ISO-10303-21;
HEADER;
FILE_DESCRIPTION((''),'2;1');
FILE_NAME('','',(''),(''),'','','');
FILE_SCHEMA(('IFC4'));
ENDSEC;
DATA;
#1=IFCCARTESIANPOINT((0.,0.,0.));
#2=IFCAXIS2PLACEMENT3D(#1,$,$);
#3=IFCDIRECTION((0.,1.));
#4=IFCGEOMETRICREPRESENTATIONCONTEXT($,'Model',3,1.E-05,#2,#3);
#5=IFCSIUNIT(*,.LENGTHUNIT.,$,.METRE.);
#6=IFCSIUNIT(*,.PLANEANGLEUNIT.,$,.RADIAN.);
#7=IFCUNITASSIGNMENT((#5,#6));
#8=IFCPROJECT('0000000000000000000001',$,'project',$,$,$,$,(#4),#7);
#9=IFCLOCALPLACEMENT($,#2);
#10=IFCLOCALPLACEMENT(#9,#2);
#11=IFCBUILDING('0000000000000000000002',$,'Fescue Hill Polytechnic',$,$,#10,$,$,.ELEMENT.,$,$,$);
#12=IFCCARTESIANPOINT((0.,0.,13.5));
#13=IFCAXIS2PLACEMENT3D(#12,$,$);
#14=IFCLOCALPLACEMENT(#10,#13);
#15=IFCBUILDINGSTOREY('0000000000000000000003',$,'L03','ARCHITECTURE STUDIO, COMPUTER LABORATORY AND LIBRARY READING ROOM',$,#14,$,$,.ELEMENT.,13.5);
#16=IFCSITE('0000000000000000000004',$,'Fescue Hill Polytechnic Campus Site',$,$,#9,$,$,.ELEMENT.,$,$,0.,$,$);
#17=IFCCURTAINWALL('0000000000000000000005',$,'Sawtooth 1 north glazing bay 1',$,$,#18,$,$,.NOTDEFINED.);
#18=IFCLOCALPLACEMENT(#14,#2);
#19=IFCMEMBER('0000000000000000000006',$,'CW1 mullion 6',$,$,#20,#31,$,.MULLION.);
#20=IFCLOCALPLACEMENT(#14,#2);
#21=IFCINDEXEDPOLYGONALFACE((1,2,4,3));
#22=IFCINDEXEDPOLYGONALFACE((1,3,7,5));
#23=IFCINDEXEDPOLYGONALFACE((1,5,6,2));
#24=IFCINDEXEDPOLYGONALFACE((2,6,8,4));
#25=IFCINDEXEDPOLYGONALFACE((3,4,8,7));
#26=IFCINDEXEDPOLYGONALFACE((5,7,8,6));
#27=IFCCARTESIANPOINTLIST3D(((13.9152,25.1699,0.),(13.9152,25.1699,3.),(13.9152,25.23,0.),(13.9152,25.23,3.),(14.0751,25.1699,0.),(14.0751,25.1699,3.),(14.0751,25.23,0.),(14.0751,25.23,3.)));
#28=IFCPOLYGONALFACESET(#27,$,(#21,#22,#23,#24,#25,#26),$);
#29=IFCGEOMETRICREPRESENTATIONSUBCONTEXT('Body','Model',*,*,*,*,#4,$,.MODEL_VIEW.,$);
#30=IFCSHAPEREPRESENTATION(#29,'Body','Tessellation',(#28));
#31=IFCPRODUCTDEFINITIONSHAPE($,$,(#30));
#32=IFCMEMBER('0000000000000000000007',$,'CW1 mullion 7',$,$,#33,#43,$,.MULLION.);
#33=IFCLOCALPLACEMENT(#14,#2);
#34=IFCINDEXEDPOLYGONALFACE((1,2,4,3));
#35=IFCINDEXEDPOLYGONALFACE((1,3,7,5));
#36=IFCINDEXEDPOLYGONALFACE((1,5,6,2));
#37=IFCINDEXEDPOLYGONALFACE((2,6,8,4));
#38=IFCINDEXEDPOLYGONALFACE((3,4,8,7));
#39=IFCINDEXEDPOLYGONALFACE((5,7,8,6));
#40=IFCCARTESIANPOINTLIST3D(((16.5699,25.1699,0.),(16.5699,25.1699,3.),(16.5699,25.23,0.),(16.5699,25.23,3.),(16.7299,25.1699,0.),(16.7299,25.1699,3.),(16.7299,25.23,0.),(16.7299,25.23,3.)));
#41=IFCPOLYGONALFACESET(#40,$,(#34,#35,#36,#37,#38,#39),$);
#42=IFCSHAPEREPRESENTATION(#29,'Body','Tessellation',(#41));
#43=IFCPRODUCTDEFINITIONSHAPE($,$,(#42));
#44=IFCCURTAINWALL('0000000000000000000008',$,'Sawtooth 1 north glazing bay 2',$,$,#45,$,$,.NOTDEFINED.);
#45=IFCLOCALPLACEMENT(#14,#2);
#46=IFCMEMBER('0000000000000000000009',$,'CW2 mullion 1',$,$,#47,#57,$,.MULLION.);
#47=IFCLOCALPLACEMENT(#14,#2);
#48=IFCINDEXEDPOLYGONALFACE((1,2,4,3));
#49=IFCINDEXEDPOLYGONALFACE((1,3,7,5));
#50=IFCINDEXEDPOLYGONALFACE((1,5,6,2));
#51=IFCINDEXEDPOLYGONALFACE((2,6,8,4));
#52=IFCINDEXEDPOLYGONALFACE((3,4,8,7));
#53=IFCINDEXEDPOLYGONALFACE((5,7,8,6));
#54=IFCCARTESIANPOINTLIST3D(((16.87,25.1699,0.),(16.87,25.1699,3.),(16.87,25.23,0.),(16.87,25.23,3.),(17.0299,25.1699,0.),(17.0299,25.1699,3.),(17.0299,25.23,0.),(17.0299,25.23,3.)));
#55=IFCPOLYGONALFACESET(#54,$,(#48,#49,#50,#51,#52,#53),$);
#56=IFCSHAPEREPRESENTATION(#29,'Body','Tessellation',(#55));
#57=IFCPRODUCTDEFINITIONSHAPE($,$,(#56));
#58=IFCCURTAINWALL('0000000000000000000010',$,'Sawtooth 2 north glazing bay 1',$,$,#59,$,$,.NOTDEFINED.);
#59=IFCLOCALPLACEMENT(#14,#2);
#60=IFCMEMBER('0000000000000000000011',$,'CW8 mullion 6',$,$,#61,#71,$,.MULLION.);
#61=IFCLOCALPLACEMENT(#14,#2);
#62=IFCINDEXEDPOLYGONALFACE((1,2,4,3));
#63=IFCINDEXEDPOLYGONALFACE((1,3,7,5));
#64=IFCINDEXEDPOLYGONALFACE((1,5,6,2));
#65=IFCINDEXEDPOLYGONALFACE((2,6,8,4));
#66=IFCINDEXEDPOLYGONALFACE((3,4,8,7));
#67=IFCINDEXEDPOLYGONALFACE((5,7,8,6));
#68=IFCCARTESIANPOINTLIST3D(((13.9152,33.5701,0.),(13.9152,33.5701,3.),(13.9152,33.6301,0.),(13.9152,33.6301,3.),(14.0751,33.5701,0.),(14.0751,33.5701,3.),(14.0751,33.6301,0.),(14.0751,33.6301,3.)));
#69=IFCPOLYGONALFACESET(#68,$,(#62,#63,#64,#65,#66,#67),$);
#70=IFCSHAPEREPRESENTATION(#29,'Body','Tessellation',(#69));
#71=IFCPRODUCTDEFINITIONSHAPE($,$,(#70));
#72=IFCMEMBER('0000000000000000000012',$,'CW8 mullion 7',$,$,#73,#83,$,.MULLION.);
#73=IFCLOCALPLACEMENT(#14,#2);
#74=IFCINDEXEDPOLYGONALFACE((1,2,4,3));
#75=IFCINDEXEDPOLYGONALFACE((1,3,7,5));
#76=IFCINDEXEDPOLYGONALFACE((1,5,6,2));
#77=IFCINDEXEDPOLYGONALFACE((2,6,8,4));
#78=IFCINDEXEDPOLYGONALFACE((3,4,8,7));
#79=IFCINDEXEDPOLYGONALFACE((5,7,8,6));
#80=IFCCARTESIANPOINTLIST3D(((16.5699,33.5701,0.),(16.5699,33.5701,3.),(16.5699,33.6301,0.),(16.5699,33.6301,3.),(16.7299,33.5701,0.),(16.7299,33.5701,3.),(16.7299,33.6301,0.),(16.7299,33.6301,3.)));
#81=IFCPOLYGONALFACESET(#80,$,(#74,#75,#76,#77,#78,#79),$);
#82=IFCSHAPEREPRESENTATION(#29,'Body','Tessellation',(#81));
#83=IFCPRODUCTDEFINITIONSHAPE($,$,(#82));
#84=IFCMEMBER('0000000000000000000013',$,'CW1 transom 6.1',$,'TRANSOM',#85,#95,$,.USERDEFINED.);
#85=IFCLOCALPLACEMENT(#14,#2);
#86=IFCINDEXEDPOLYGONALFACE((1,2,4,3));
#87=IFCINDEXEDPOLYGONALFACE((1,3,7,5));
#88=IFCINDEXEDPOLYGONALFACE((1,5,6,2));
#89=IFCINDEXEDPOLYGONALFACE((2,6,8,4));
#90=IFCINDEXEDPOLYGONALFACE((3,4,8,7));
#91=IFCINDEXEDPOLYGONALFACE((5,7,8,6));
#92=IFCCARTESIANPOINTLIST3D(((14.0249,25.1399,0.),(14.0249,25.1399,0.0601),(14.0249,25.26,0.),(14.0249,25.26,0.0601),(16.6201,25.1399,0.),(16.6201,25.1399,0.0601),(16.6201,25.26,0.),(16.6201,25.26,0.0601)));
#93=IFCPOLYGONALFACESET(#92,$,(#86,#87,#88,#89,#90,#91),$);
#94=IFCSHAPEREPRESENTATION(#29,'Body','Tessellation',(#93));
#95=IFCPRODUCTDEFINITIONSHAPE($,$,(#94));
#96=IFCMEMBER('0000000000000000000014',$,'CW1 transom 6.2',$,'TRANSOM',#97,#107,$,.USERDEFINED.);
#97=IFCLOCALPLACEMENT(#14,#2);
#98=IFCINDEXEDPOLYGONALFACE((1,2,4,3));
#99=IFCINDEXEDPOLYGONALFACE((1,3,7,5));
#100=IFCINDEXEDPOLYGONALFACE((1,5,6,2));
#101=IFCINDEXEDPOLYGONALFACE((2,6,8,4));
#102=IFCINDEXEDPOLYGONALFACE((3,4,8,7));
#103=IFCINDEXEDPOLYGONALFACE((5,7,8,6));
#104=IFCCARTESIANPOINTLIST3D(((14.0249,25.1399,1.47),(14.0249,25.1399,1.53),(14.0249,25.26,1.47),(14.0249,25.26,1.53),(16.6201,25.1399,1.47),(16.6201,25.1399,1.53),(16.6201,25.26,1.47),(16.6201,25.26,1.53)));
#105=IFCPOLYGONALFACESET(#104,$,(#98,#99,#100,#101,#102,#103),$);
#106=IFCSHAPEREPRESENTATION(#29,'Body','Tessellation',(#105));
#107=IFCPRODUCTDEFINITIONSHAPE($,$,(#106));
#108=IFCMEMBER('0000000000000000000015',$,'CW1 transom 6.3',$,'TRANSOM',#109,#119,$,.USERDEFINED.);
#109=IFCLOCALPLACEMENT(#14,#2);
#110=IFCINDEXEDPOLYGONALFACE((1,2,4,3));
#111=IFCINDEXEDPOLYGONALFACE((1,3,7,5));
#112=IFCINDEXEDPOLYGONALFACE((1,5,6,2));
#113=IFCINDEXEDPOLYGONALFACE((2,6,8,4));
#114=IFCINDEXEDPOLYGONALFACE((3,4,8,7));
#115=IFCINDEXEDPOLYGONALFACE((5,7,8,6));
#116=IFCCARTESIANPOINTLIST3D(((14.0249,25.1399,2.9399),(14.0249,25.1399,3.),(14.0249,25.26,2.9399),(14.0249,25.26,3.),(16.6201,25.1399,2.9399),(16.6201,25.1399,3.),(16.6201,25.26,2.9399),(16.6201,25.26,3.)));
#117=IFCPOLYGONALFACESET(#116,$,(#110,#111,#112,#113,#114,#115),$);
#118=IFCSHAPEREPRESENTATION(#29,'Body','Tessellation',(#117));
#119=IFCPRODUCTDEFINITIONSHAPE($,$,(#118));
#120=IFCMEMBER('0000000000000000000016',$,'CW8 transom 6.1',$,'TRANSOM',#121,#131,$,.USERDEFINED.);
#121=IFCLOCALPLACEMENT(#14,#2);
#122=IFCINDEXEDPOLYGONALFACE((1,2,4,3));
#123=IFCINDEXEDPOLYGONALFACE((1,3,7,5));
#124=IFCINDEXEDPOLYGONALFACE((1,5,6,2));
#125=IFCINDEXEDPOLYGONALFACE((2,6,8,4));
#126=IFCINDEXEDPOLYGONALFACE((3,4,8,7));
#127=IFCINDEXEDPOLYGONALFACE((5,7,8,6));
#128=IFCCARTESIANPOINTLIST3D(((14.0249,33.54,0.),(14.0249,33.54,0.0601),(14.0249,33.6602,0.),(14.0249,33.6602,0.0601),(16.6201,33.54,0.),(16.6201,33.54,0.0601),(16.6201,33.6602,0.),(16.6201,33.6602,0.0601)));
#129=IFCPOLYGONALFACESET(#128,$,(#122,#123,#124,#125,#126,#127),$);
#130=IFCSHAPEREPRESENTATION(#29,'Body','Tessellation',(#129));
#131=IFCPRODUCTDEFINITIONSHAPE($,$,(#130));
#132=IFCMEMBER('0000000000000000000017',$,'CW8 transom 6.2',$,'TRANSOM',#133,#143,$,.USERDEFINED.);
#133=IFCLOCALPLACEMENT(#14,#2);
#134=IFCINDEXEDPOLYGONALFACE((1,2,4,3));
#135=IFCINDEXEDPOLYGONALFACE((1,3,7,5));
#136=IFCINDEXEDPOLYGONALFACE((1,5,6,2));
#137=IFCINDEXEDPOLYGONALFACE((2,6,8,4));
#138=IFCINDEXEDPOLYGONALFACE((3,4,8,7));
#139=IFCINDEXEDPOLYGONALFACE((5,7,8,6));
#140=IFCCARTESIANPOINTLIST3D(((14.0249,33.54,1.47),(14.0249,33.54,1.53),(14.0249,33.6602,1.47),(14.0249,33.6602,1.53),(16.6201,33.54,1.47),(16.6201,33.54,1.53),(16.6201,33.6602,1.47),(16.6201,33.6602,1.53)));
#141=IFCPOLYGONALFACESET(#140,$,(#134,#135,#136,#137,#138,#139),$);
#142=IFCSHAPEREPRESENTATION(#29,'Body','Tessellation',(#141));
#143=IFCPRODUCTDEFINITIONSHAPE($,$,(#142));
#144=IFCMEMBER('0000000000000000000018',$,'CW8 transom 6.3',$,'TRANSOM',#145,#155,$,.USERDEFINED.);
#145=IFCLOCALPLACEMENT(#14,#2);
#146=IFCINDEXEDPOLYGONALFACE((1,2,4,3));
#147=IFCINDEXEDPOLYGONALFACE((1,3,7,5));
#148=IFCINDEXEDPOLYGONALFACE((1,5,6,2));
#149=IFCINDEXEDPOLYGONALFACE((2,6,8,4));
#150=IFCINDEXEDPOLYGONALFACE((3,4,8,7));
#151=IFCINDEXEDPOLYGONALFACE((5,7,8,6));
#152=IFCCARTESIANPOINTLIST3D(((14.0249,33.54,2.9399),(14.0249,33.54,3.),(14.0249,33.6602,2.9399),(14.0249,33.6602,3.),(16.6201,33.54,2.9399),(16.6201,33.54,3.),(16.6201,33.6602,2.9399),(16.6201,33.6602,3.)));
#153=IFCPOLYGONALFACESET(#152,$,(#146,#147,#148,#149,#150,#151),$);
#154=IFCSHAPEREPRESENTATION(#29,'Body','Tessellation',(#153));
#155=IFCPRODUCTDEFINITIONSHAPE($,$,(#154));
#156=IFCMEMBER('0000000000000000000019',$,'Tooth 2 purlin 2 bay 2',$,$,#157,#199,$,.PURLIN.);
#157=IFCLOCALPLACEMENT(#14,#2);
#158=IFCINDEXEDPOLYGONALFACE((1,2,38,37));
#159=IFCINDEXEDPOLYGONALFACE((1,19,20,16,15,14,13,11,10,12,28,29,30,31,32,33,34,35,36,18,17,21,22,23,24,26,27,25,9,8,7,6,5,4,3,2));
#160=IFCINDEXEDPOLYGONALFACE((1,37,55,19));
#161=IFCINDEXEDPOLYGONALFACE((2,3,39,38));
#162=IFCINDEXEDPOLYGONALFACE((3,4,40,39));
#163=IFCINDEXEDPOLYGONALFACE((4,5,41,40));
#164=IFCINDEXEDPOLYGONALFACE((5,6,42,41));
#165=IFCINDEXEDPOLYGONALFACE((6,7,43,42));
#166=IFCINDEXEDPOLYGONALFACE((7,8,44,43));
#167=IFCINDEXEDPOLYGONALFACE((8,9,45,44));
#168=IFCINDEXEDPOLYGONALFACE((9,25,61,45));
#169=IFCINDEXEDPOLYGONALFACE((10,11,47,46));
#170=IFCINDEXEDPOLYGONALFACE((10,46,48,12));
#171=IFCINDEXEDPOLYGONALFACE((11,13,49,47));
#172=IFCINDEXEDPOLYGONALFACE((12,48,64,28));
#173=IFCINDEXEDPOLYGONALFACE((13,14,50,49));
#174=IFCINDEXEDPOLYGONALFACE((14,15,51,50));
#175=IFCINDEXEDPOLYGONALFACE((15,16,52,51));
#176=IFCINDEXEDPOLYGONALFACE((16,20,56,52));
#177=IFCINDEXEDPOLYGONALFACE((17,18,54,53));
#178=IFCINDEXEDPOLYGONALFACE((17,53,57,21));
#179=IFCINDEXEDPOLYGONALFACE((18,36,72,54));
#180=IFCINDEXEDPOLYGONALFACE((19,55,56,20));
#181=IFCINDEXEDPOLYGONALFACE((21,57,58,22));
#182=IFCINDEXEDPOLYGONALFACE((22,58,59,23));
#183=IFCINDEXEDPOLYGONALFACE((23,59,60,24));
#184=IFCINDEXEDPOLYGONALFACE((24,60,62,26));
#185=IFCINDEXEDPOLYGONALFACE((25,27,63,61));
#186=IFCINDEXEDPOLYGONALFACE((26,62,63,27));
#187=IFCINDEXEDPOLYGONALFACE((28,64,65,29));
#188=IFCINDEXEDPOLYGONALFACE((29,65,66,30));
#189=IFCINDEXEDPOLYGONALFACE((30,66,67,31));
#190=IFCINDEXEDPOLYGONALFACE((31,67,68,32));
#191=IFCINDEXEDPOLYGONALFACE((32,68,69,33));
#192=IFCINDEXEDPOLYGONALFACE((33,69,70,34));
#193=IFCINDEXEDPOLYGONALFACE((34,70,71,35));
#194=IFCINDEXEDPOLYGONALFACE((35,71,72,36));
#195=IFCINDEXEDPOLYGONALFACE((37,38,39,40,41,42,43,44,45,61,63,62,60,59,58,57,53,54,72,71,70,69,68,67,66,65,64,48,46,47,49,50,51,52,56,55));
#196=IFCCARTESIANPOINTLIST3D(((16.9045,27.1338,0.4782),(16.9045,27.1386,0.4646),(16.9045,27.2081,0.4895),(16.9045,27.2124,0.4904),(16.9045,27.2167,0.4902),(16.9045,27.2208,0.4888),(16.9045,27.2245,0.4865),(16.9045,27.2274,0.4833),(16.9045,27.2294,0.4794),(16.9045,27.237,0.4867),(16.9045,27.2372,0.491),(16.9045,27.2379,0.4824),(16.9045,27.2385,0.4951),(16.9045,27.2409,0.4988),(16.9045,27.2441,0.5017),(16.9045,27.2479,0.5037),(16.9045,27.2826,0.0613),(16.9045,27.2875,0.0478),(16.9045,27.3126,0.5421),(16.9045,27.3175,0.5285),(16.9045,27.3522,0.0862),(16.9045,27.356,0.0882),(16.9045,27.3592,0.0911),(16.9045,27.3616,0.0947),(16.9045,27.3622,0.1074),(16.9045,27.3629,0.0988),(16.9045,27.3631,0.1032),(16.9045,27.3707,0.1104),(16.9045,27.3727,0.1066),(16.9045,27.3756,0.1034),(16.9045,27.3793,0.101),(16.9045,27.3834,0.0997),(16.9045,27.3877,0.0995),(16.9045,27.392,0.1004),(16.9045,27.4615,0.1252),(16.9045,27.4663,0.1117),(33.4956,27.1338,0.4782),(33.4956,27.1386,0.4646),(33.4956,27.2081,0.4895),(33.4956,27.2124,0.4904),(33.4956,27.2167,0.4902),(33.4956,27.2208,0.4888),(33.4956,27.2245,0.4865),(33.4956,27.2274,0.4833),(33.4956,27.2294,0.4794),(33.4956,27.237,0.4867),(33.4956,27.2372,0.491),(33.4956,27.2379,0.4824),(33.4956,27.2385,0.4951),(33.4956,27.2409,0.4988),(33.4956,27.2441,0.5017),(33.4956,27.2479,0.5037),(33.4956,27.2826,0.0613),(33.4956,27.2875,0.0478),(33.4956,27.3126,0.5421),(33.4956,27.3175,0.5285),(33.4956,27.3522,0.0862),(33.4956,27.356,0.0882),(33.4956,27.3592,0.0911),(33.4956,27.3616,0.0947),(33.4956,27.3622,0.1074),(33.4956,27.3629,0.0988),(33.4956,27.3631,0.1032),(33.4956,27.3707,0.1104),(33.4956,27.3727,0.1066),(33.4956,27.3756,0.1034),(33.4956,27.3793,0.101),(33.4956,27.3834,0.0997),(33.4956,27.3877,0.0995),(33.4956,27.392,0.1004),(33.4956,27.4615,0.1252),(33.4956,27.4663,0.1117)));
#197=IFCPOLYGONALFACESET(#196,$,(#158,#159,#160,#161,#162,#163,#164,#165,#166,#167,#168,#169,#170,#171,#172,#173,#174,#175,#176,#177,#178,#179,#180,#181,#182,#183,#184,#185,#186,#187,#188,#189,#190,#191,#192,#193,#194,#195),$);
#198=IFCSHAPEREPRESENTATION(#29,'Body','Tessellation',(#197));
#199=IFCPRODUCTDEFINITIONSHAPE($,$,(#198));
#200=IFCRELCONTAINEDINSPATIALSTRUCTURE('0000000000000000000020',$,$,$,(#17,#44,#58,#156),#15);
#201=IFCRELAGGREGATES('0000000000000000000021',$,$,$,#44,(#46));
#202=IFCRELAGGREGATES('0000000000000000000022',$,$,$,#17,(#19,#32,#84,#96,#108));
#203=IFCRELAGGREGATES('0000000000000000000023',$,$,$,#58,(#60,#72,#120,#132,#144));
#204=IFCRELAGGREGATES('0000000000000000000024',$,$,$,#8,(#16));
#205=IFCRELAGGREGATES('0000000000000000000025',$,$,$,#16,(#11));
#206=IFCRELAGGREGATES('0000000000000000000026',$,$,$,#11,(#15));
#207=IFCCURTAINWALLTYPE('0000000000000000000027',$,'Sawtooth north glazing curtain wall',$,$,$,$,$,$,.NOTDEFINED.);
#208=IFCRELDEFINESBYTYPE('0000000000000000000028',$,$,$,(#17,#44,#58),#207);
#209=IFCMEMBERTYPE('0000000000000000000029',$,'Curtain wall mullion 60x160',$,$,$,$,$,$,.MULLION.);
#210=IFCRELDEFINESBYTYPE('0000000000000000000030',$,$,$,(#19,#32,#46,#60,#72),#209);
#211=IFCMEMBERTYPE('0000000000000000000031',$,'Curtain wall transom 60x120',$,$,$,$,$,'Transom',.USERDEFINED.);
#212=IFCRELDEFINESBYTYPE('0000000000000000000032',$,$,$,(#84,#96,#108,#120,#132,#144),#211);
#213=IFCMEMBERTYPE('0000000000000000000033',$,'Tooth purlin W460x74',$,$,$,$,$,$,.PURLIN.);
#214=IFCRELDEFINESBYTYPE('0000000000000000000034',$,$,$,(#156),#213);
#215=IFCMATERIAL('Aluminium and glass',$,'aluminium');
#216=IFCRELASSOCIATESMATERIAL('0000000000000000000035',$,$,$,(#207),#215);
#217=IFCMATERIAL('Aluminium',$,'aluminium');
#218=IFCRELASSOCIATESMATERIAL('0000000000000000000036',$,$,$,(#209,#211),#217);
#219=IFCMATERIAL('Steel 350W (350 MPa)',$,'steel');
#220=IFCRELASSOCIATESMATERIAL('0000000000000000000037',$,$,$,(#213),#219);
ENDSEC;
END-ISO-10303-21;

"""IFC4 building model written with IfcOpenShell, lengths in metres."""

from ifc_helpers import new_model, si_unit, direction, frame, origin, origin_2d, place, context, subcontext, project, spatial, rectangle, i_section, extrude, material, material_profile, profile_set, type_object, element, aggregate, save


model = new_model("IFC4")

# Units and contexts
model_context = context("Model", 3, precision=1e-05, world=origin(), true_north=direction((0.0, 1.0)))
body_context = subcontext(model_context, "Body", "Model", "MODEL_VIEW")
ifc_project = project(units=[si_unit("LENGTHUNIT", "METRE"), si_unit("PLANEANGLEUNIT", "RADIAN")], contexts=[model_context])

# Site, building, storey
site_placement = place(None, origin())
site = spatial("IfcSite", under=ifc_project, at=site_placement, Name="Fescue Hill Polytechnic Campus Site", CompositionType="ELEMENT", RefElevation=0.0)
building_placement = place(site_placement, origin())
building = spatial("IfcBuilding", under=site, at=building_placement, Name="Fescue Hill Polytechnic", CompositionType="ELEMENT")
storey_placement = place(building_placement, frame((0.0, 0.0, 13.5)))
storey = spatial("IfcBuildingStorey", under=building, at=storey_placement, Name="L03", Description="ARCHITECTURE STUDIO, COMPUTER LABORATORY AND LIBRARY READING ROOM", CompositionType="ELEMENT", Elevation=13.5)

# Curtain wall, members
ifc_material_1 = material(Name="Aluminium and glass", Category="aluminium")
curtain_wall_type = type_object("IfcCurtainWallType", Name="Sawtooth north glazing curtain wall", PredefinedType="NOTDEFINED", material=ifc_material_1)
curtain_wall_1_placement = place(storey_placement, origin())
curtain_wall_1 = element("IfcCurtainWall", 1, at=curtain_wall_1_placement, inside=storey, type_object=curtain_wall_type, Name="Sawtooth 1 north glazing bay 1", PredefinedType="NOTDEFINED")
ifc_material_2 = material(Name="Aluminium", Category="aluminium")
ifc_material_profile_1 = material_profile(ifc_material_2, rectangle(XDim=0.0601, YDim=0.1599, at=origin_2d()), Name="Curtain wall mullion 60x160")
ifc_profile_set_1 = profile_set([ifc_material_profile_1], Name="Aluminium")
member_type_1 = type_object("IfcMemberType", Name="Curtain wall mullion 60x160", PredefinedType="MULLION", material=ifc_profile_set_1)
member_1_placement = place(storey_placement, frame((13.9951, 25.2, 0.0), z_axis=(0.0, 0.0, 1.0), x_axis=(0.0, 1.0, 0.0)))
member_1 = element("IfcMember", 2, at=member_1_placement, type_object=member_type_1, Name="CW1 mullion 6", PredefinedType="MULLION", context=body_context, shape_type="SweptSolid", body=[
    extrude(rectangle(XDim=0.0601, YDim=0.1599, at=origin_2d()), origin(), (0.0, 0.0, 1.0), 3.0),
])
member_2_placement = place(storey_placement, frame((16.6499, 25.2, 0.0), z_axis=(0.0, 0.0, 1.0), x_axis=(0.0, 1.0, 0.0)))
member_2 = element("IfcMember", 3, at=member_2_placement, type_object=member_type_1, Name="CW1 mullion 7", PredefinedType="MULLION", context=body_context, shape_type="SweptSolid", body=[
    extrude(rectangle(XDim=0.0601, YDim=0.1599, at=origin_2d()), origin(), (0.0, 0.0, 1.0), 3.0),
])

# Curtain wall, member
curtain_wall_2_placement = place(storey_placement, origin())
curtain_wall_2 = element("IfcCurtainWall", 4, at=curtain_wall_2_placement, inside=storey, type_object=curtain_wall_type, Name="Sawtooth 1 north glazing bay 2", PredefinedType="NOTDEFINED")
member_3_placement = place(storey_placement, frame((16.95, 25.2, 0.0), z_axis=(0.0, 0.0, 1.0), x_axis=(0.0, 1.0, 0.0)))
member_3 = element("IfcMember", 5, at=member_3_placement, type_object=member_type_1, Name="CW2 mullion 1", PredefinedType="MULLION", context=body_context, shape_type="SweptSolid", body=[
    extrude(rectangle(XDim=0.0601, YDim=0.1599, at=origin_2d()), origin(), (0.0, 0.0, 1.0), 3.0),
])
aggregate(curtain_wall_2, [member_3])

# Curtain wall, members
curtain_wall_3_placement = place(storey_placement, origin())
curtain_wall_3 = element("IfcCurtainWall", 6, at=curtain_wall_3_placement, inside=storey, type_object=curtain_wall_type, Name="Sawtooth 2 north glazing bay 1", PredefinedType="NOTDEFINED")
member_4_placement = place(storey_placement, frame((13.9951, 33.6001, 0.0), z_axis=(0.0, 0.0, 1.0), x_axis=(0.0, 1.0, 0.0)))
member_4 = element("IfcMember", 7, at=member_4_placement, type_object=member_type_1, Name="CW8 mullion 6", PredefinedType="MULLION", context=body_context, shape_type="SweptSolid", body=[
    extrude(rectangle(XDim=0.0601, YDim=0.1599, at=origin_2d()), origin(), (0.0, 0.0, 1.0), 3.0),
])
member_5_placement = place(storey_placement, frame((16.6499, 33.6001, 0.0), z_axis=(0.0, 0.0, 1.0), x_axis=(0.0, 1.0, 0.0)))
member_5 = element("IfcMember", 8, at=member_5_placement, type_object=member_type_1, Name="CW8 mullion 7", PredefinedType="MULLION", context=body_context, shape_type="SweptSolid", body=[
    extrude(rectangle(XDim=0.0601, YDim=0.1599, at=origin_2d()), origin(), (0.0, 0.0, 1.0), 3.0),
])

# Members
ifc_material_profile_2 = material_profile(ifc_material_2, rectangle(XDim=0.1201, YDim=0.0601, at=origin_2d()), Name="Curtain wall transom 60x120")
ifc_profile_set_2 = profile_set([ifc_material_profile_2], Name="Aluminium")
member_type_2 = type_object("IfcMemberType", Name="Curtain wall transom 60x120", ElementType="Transom", PredefinedType="USERDEFINED", material=ifc_profile_set_2)
member_6_placement = place(storey_placement, frame((14.0249, 25.2, 0.03), z_axis=(1.0, 0.0, 0.0), x_axis=(0.0, 1.0, 0.0)))
member_6 = element("IfcMember", 9, at=member_6_placement, type_object=member_type_2, Name="CW1 transom 6.1", ObjectType="TRANSOM", PredefinedType="USERDEFINED", context=body_context, shape_type="SweptSolid", body=[
    extrude(rectangle(XDim=0.1201, YDim=0.0601, at=origin_2d()), origin(), (0.0, 0.0, 1.0), 2.5952),
])
member_7_placement = place(storey_placement, frame((14.0249, 25.2, 1.5), z_axis=(1.0, 0.0, 0.0), x_axis=(0.0, 1.0, 0.0)))
member_7 = element("IfcMember", 10, at=member_7_placement, type_object=member_type_2, Name="CW1 transom 6.2", ObjectType="TRANSOM", PredefinedType="USERDEFINED", context=body_context, shape_type="SweptSolid", body=[
    extrude(rectangle(XDim=0.1201, YDim=0.0601, at=origin_2d()), origin(), (0.0, 0.0, 1.0), 2.5952),
])
member_8_placement = place(storey_placement, frame((14.0249, 25.2, 2.97), z_axis=(1.0, 0.0, 0.0), x_axis=(0.0, 1.0, 0.0)))
member_8 = element("IfcMember", 11, at=member_8_placement, type_object=member_type_2, Name="CW1 transom 6.3", ObjectType="TRANSOM", PredefinedType="USERDEFINED", context=body_context, shape_type="SweptSolid", body=[
    extrude(rectangle(XDim=0.1201, YDim=0.0601, at=origin_2d()), origin(), (0.0, 0.0, 1.0), 2.5952),
])
member_9_placement = place(storey_placement, frame((14.0249, 33.6001, 0.03), z_axis=(1.0, 0.0, 0.0), x_axis=(0.0, 1.0, 0.0)))
member_9 = element("IfcMember", 12, at=member_9_placement, type_object=member_type_2, Name="CW8 transom 6.1", ObjectType="TRANSOM", PredefinedType="USERDEFINED", context=body_context, shape_type="SweptSolid", body=[
    extrude(rectangle(XDim=0.1201, YDim=0.0601, at=origin_2d()), origin(), (0.0, 0.0, 1.0), 2.5952),
])
member_10_placement = place(storey_placement, frame((14.0249, 33.6001, 1.5), z_axis=(1.0, 0.0, 0.0), x_axis=(0.0, 1.0, 0.0)))
member_10 = element("IfcMember", 13, at=member_10_placement, type_object=member_type_2, Name="CW8 transom 6.2", ObjectType="TRANSOM", PredefinedType="USERDEFINED", context=body_context, shape_type="SweptSolid", body=[
    extrude(rectangle(XDim=0.1201, YDim=0.0601, at=origin_2d()), origin(), (0.0, 0.0, 1.0), 2.5952),
])
member_11_placement = place(storey_placement, frame((14.0249, 33.6001, 2.97), z_axis=(1.0, 0.0, 0.0), x_axis=(0.0, 1.0, 0.0)))
member_11 = element("IfcMember", 14, at=member_11_placement, type_object=member_type_2, Name="CW8 transom 6.3", ObjectType="TRANSOM", PredefinedType="USERDEFINED", context=body_context, shape_type="SweptSolid", body=[
    extrude(rectangle(XDim=0.1201, YDim=0.0601, at=origin_2d()), origin(), (0.0, 0.0, 1.0), 2.5952),
])

# Member
ifc_material_3 = material(Name="Steel 350W (350 MPa)", Category="steel")
ifc_material_profile_3 = material_profile(ifc_material_3, i_section(OverallWidth=0.1899, OverallDepth=0.457, WebThickness=0.009, FlangeThickness=0.0144, FilletRadius=0.0166, at=origin_2d()), Name="W460x74")
ifc_profile_set_3 = profile_set([ifc_material_profile_3], Name="Steel 350W (350 MPa)")
member_type_3 = type_object("IfcMemberType", Name="Tooth purlin W460x74", PredefinedType="PURLIN", material=ifc_profile_set_3)
for number, where, z_axis, x_axis, name in (
    (15, (16.9045, 27.3, 0.2949), (1.0, 0.0, 0.0), (0.0, 0.941742, 0.336336), "Tooth 2 purlin 2 bay 2"),
):
    element("IfcMember", number, at=place(storey_placement, frame(where, z_axis=z_axis, x_axis=x_axis)), inside=storey, type_object=member_type_3, Name=name, PredefinedType="PURLIN", context=body_context, shape_type="SweptSolid", body=[
        extrude(i_section(OverallWidth=0.1899, OverallDepth=0.457, WebThickness=0.009, FlangeThickness=0.0144, FilletRadius=0.0166, at=origin_2d()), origin(), (0.0, 0.0, 1.0), 16.5911),
    ])

aggregate(curtain_wall_1, [member_1, member_2, member_6, member_7, member_8])
aggregate(curtain_wall_3, [member_4, member_5, member_9, member_10, member_11])

save(model, "model.ifc")
